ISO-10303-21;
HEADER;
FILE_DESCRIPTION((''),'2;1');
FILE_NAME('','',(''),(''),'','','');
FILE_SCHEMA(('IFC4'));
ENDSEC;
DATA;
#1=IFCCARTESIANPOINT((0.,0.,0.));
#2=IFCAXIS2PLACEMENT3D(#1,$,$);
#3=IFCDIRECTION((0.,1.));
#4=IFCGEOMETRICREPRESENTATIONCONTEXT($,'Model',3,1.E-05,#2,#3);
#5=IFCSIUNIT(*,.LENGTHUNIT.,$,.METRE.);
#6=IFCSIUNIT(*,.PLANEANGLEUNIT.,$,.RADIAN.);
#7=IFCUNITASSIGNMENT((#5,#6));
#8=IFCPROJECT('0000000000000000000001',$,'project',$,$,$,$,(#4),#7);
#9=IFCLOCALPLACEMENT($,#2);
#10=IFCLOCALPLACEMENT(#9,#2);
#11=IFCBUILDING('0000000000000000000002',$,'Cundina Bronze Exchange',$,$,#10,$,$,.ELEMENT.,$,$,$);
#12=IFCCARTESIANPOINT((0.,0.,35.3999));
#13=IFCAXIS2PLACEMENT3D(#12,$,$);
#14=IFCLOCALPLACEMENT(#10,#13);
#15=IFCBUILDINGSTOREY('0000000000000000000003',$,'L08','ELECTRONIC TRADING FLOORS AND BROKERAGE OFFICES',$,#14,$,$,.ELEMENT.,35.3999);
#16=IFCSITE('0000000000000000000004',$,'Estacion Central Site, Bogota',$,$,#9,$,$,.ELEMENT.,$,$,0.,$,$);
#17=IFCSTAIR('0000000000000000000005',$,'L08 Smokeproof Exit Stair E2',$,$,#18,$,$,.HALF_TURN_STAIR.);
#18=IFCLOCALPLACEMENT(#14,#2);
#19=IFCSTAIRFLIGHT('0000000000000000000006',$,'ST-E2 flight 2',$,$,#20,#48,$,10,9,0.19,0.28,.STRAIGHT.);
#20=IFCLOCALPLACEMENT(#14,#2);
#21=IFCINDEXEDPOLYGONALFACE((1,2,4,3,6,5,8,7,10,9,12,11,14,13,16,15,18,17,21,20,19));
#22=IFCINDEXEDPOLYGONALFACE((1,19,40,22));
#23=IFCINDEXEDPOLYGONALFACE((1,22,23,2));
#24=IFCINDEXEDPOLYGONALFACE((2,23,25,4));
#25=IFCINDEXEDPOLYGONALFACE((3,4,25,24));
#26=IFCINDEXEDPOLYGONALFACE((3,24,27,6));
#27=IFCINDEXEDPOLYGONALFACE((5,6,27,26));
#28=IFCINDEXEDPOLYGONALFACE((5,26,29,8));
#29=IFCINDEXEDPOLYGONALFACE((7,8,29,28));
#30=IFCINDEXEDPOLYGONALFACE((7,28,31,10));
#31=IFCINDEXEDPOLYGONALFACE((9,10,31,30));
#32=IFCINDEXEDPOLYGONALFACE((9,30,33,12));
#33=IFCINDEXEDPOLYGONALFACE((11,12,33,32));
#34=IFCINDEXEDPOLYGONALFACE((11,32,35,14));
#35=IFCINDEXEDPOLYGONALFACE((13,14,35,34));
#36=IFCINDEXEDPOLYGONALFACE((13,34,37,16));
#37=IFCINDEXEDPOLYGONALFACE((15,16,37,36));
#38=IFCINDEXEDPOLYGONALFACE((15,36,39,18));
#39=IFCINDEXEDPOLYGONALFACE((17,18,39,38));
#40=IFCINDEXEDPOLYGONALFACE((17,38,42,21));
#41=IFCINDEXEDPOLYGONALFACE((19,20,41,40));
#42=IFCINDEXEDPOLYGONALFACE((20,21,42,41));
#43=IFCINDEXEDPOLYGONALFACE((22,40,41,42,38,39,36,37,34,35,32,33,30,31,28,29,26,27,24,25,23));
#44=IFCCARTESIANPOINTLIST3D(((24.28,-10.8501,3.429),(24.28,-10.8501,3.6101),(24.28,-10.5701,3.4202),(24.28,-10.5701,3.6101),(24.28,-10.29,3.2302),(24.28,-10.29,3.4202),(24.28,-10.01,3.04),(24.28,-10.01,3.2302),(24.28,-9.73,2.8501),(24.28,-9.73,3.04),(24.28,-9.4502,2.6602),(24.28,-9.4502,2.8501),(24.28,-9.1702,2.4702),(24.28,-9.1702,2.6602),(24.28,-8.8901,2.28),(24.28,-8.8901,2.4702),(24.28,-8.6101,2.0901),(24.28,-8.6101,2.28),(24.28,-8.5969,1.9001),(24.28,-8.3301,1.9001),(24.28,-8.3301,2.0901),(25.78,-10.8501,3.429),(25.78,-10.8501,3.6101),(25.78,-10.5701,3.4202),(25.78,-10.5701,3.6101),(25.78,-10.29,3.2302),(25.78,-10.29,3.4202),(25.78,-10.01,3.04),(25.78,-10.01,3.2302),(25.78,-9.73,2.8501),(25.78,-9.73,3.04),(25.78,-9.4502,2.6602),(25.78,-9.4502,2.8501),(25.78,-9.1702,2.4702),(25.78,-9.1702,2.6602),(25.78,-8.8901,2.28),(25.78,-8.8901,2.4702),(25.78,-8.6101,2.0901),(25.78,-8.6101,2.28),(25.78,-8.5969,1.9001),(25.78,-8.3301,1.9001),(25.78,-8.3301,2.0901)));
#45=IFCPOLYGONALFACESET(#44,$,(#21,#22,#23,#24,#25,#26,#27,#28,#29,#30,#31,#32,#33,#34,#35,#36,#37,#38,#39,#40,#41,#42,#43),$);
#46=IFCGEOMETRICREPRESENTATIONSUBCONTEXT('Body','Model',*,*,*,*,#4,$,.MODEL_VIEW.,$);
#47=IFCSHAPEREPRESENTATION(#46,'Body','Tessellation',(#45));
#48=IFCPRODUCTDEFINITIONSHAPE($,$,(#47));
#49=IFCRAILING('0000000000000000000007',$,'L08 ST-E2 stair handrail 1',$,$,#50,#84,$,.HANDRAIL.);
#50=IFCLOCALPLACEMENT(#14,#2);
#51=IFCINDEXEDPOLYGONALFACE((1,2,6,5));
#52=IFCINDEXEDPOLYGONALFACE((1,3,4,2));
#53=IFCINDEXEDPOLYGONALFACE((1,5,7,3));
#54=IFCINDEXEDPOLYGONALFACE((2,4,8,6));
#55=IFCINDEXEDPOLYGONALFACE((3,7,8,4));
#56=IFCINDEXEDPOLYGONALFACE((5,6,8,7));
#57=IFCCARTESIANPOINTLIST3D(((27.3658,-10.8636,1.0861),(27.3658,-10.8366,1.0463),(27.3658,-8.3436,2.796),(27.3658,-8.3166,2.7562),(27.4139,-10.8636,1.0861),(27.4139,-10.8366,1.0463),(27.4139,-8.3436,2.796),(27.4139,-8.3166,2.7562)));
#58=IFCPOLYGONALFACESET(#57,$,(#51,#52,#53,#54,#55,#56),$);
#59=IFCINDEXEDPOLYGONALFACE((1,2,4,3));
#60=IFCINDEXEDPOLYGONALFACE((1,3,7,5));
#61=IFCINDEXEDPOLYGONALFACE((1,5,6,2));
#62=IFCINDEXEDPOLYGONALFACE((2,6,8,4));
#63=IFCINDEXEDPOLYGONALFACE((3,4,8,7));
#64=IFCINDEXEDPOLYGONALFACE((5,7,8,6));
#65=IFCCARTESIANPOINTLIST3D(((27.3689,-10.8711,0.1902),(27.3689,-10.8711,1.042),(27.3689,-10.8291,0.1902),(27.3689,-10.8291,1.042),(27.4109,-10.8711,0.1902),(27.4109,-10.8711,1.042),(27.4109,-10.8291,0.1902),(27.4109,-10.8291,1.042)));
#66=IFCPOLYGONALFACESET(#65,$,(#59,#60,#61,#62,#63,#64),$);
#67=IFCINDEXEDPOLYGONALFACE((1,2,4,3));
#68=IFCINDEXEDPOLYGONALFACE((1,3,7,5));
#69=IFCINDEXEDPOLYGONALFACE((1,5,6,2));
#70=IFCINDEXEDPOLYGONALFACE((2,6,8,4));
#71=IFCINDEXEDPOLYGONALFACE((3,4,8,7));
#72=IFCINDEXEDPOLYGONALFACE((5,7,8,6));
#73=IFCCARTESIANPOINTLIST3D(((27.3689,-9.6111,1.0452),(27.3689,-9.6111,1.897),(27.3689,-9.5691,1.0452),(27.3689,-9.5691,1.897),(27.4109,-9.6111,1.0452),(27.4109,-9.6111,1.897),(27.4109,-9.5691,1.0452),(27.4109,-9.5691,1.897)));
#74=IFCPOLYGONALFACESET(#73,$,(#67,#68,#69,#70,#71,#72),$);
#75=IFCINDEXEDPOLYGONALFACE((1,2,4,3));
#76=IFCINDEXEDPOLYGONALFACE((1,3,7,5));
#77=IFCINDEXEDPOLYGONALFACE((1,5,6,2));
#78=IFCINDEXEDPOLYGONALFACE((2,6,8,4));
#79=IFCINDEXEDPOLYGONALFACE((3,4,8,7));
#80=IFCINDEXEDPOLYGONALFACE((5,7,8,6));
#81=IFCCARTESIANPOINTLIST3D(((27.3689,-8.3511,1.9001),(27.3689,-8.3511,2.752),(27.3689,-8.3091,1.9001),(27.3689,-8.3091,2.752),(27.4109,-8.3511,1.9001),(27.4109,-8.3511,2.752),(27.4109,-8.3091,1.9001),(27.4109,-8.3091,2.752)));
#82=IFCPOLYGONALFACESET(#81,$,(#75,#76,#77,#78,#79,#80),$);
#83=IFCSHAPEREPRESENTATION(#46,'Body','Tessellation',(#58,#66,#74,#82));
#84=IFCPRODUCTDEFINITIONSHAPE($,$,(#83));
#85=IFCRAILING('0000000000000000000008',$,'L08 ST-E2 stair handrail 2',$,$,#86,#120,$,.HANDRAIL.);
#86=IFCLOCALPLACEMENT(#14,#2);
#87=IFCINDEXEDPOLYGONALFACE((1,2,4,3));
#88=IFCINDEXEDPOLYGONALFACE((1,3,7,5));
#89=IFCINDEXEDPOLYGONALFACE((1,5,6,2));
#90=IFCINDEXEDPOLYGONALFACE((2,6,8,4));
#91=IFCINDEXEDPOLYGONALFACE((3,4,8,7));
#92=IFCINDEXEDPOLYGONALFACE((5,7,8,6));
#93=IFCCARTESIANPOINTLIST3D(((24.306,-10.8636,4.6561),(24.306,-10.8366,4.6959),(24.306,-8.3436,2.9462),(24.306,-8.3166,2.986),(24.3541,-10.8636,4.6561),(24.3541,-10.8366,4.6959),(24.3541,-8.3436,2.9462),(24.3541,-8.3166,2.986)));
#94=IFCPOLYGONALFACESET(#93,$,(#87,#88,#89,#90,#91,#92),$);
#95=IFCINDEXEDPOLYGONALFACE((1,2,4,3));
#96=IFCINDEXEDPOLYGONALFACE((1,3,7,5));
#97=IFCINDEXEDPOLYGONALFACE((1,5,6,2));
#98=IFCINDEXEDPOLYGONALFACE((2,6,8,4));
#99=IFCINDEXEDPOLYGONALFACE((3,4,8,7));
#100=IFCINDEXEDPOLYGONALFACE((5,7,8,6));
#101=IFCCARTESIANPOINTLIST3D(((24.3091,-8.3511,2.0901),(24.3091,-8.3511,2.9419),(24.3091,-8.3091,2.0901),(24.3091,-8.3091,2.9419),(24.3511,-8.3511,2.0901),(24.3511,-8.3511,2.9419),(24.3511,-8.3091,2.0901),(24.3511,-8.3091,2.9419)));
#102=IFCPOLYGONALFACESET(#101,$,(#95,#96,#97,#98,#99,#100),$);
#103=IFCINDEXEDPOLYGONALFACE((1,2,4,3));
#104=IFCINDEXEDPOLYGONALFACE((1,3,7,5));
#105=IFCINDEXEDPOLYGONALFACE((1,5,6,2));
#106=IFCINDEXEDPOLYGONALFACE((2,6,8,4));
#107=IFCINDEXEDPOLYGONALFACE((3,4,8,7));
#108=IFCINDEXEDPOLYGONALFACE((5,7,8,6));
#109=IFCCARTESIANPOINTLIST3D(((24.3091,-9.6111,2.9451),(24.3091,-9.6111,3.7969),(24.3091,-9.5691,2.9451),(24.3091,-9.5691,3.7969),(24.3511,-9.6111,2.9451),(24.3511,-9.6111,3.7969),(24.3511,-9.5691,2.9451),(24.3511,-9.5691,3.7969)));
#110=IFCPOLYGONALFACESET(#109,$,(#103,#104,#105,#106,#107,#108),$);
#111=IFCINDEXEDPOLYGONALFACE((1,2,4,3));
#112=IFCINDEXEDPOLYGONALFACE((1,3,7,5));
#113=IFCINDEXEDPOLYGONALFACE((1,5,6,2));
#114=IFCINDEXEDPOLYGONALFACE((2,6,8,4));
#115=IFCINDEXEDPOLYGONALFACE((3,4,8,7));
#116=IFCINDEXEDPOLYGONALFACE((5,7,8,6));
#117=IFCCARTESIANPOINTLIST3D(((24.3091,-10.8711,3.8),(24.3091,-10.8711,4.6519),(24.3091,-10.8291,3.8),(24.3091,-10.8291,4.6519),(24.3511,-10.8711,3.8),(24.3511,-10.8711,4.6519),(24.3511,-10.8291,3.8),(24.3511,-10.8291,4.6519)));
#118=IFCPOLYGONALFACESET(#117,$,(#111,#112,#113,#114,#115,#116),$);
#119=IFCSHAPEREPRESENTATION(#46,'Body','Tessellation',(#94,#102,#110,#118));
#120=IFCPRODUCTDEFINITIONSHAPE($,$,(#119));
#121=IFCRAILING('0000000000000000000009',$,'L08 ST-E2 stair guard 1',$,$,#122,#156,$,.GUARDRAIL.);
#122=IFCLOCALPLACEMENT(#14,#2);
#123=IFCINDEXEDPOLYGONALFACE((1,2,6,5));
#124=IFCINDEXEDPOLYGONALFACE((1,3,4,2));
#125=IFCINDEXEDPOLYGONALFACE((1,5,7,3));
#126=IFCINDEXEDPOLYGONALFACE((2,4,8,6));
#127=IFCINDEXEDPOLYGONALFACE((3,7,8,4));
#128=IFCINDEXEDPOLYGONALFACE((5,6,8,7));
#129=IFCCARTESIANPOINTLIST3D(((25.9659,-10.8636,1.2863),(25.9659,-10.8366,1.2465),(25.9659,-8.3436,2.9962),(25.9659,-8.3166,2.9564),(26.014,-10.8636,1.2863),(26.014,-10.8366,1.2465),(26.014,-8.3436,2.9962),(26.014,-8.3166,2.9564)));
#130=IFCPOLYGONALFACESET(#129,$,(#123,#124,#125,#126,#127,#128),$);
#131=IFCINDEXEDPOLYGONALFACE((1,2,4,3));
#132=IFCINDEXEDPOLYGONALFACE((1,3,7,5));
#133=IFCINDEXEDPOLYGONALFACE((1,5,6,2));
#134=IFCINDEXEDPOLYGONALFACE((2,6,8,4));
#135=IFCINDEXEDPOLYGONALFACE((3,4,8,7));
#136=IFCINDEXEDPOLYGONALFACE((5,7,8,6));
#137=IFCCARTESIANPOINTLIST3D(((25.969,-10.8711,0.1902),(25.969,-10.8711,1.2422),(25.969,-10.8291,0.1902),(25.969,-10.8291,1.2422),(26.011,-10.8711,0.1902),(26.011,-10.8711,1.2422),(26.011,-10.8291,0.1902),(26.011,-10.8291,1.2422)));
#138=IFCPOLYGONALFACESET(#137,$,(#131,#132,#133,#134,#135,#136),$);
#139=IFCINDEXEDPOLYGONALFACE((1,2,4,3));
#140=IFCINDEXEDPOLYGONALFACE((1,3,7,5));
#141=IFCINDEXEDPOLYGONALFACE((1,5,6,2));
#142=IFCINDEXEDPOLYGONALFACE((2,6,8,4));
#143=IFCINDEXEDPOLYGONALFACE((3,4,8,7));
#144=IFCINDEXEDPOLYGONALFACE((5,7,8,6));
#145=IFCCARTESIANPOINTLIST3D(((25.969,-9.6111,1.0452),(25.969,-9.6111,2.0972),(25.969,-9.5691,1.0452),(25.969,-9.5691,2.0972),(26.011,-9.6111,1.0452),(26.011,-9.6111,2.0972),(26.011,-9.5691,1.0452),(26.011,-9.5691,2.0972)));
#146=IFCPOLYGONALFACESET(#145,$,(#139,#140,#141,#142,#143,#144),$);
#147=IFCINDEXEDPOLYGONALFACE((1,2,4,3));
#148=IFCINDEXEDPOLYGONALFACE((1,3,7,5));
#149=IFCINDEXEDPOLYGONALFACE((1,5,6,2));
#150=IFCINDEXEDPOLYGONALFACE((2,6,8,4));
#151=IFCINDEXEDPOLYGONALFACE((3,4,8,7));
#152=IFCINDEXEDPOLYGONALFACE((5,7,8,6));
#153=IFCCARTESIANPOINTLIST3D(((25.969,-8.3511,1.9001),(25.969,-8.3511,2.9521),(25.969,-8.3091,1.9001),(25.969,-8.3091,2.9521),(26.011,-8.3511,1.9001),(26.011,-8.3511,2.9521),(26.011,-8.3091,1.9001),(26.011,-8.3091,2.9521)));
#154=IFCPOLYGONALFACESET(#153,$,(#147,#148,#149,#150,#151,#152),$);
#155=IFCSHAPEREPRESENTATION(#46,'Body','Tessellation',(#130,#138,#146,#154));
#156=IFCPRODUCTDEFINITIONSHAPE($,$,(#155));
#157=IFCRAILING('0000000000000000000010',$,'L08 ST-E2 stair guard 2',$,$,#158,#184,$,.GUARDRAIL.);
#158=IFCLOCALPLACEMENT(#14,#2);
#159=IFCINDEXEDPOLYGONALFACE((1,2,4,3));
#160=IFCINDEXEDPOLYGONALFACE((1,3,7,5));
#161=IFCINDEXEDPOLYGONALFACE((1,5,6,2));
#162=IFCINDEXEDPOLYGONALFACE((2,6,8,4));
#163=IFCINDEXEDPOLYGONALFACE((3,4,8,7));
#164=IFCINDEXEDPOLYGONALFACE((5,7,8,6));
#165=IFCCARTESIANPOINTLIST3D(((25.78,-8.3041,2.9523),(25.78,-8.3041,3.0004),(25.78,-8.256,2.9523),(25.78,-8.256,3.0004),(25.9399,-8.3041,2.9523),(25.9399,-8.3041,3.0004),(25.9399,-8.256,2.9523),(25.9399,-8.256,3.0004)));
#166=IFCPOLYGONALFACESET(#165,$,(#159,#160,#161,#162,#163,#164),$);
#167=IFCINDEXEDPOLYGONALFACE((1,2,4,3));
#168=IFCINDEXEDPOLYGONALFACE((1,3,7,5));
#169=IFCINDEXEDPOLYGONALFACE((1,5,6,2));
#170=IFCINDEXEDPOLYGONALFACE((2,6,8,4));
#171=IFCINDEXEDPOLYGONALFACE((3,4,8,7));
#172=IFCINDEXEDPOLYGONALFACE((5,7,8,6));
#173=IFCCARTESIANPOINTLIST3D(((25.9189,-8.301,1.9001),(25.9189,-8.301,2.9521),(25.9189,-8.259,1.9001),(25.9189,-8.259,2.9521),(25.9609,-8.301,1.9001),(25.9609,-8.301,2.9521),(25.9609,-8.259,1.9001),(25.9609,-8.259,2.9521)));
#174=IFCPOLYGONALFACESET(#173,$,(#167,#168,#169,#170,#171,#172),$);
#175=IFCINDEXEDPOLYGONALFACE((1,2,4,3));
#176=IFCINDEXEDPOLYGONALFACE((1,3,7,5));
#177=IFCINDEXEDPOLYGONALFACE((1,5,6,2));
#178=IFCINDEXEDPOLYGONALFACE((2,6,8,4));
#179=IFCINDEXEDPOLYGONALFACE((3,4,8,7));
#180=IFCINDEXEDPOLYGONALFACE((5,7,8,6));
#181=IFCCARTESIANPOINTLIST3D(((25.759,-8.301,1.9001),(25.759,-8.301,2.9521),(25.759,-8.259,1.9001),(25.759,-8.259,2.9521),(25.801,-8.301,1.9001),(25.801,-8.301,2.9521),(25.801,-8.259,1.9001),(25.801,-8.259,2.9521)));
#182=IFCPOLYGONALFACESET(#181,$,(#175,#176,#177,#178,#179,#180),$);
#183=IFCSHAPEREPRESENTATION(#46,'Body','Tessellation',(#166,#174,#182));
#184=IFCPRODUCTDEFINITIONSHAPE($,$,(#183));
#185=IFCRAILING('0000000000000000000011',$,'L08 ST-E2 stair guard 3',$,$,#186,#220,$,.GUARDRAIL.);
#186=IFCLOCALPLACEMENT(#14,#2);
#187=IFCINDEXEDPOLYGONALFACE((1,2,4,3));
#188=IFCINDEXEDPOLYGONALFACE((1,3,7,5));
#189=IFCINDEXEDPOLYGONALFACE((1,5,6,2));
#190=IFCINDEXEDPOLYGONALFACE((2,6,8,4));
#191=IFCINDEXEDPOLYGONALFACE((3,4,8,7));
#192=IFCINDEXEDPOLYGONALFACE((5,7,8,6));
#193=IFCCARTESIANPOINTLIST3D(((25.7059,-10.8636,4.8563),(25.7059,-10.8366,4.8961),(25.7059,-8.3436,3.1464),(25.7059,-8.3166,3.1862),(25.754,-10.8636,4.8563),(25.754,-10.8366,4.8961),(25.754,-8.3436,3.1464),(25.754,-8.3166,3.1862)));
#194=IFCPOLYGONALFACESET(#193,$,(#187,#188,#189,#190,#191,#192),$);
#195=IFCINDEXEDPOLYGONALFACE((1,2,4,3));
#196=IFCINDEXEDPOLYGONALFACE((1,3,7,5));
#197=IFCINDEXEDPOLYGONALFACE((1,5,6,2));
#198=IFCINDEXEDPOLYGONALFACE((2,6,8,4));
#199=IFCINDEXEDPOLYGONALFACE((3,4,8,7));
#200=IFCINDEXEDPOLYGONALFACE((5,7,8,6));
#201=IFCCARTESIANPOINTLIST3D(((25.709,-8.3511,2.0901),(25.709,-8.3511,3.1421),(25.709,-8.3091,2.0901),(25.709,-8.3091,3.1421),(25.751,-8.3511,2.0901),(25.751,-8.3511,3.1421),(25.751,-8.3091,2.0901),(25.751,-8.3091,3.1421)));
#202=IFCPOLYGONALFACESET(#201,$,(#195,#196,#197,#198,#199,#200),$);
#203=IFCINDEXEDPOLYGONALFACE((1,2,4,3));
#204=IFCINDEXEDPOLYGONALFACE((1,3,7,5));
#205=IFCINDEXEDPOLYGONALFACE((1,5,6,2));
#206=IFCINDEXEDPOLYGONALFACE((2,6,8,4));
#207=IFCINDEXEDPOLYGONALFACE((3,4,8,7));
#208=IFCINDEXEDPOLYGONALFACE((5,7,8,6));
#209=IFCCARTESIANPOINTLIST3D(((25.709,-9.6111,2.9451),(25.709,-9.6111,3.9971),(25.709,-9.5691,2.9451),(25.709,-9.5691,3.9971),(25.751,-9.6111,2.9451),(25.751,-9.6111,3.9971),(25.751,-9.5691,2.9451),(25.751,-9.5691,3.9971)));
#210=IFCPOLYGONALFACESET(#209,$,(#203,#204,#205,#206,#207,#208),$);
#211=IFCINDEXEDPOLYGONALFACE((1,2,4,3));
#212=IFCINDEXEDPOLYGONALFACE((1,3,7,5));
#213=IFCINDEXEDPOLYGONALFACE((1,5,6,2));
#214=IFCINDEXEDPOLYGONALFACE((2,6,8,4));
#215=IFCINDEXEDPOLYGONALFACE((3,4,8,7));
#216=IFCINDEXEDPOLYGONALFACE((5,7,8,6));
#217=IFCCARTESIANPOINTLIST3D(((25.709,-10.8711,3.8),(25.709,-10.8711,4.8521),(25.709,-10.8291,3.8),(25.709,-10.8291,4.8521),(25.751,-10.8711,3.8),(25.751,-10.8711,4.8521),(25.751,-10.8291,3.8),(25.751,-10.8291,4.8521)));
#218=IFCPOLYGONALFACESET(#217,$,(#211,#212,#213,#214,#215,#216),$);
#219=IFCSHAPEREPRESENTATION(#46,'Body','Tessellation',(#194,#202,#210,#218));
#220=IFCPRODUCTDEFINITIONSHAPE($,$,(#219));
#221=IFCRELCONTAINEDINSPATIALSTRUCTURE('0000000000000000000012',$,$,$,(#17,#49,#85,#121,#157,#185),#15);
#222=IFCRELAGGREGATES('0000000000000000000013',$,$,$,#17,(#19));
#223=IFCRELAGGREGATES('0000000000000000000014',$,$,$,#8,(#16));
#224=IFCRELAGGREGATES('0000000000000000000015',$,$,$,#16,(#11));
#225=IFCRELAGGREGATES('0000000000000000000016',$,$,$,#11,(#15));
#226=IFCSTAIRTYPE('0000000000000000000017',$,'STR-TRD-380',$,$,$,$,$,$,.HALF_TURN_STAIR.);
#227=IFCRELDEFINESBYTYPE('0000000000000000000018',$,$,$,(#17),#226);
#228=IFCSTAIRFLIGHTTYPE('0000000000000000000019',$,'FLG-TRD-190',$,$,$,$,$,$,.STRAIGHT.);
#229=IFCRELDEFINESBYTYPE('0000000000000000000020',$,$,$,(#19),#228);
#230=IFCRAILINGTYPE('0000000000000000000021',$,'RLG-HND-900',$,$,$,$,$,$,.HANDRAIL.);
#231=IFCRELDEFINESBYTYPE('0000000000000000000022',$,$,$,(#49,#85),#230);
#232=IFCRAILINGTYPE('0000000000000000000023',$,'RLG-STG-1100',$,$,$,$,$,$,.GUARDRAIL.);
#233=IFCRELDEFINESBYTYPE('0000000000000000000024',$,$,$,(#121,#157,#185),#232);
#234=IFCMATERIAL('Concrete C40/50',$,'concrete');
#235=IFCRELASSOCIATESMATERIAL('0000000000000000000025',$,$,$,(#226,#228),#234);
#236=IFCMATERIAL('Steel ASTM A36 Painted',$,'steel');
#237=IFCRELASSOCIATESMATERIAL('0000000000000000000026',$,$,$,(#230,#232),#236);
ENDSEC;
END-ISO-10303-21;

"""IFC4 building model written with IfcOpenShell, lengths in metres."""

from ifc_helpers import new_model, si_unit, direction, frame, origin, origin_2d, place, context, subcontext, project, spatial, polyline, rectangle, outline, extrude, material, type_object, element, aggregate, save


model = new_model("IFC4")

# Units and contexts
model_context = context("Model", 3, precision=1e-05, world=origin(), true_north=direction((0.0, 1.0)))
body_context = subcontext(model_context, "Body", "Model", "MODEL_VIEW")
ifc_project = project(units=[si_unit("LENGTHUNIT", "METRE"), si_unit("PLANEANGLEUNIT", "RADIAN")], contexts=[model_context])

# Site, building, storey
site_placement = place(None, origin())
site = spatial("IfcSite", under=ifc_project, at=site_placement, Name="Estacion Central Site, Bogota", CompositionType="ELEMENT", RefElevation=0.0)
building_placement = place(site_placement, origin())
building = spatial("IfcBuilding", under=site, at=building_placement, Name="Cundina Bronze Exchange", CompositionType="ELEMENT")
storey_placement = place(building_placement, frame((0.0, 0.0, 35.3999)))
storey = spatial("IfcBuildingStorey", under=building, at=storey_placement, Name="L08", Description="ELECTRONIC TRADING FLOORS AND BROKERAGE OFFICES", CompositionType="ELEMENT", Elevation=35.3999)

# Shared definitions
ifc_material_1 = material(Name="Steel ASTM A36 Painted", Category="steel")

# Stair, stair flight
ifc_material_2 = material(Name="Concrete C40/50", Category="concrete")
stair_type = type_object("IfcStairType", Name="STR-TRD-380", PredefinedType="HALF_TURN_STAIR", material=ifc_material_2)
stair_placement = place(storey_placement, origin())
stair = element("IfcStair", 1, at=stair_placement, inside=storey, type_object=stair_type, Name="L08 Smokeproof Exit Stair E2", PredefinedType="HALF_TURN_STAIR")
stair_flight_type = type_object("IfcStairFlightType", Name="FLG-TRD-190", PredefinedType="STRAIGHT", material=ifc_material_2)
stair_flight_1_placement = place(storey_placement, frame((25.03, -8.3301, 1.9001), z_axis=(0.0, 0.0, 1.0), x_axis=(0.0, -1.0, 0.0)))
stair_flight_1 = element("IfcStairFlight", 2, at=stair_flight_1_placement, type_object=stair_flight_type, Name="ST-E2 flight 2", NumberOfRisers=10, NumberOfTreads=9, PredefinedType="STRAIGHT", RiserHeight=0.19, TreadLength=0.28, context=body_context, shape_type="SweptSolid", body=[
    extrude(outline(polyline([(0.0, 0.0), (0.0, 0.1899), (0.28, 0.1899), (0.28, 0.3799), (0.5601, 0.3799), (0.5601, 0.5701), (0.8401, 0.5701), (0.8401, 0.76), (1.1201, 0.76), (1.1201, 0.95), (1.3999, 0.95), (1.3999, 1.1399), (1.6799, 1.1399), (1.6799, 1.3301), (1.96, 1.3301), (1.96, 1.52), (2.24, 1.52), (2.24, 1.71), (2.52, 1.71), (2.52, 1.8999), (2.52, 1.5288), (0.2668, 0.0), (0.0, 0.0)])), frame((0.0, 0.75, 0.0), z_axis=(0.0, -1.0, 0.0), x_axis=(1.0, 0.0, 0.0)), (0.0, 0.0, 1.0), 1.5),
])
aggregate(stair, [stair_flight_1])

# Railings
railing_type_1 = type_object("IfcRailingType", Name="RLG-HND-900", PredefinedType="HANDRAIL", material=ifc_material_1)
railing_1_placement = place(storey_placement, frame((27.3899, -10.8501, 0.1902)))
element("IfcRailing", 3, at=railing_1_placement, inside=storey, type_object=railing_type_1, Name="L08 ST-E2 stair handrail 1", PredefinedType="HANDRAIL", context=body_context, shape_type="SweptSolid", body=[
    extrude(rectangle(XDim=0.0481, YDim=0.0481, at=origin_2d()), frame((0.0, 0.0, 0.876), z_axis=(0.0, 0.827484, 0.56149), x_axis=(-1.0, 0.0, 0.0)), (0.0, 0.0, 1.0), 3.0454),
    extrude(rectangle(XDim=0.042, YDim=0.042, at=origin_2d()), origin(), (0.0, 0.0, 1.0), 0.8518),
    extrude(rectangle(XDim=0.042, YDim=0.042, at=origin_2d()), frame((0.0, 1.26, 0.855)), (0.0, 0.0, 1.0), 0.8518),
    extrude(rectangle(XDim=0.042, YDim=0.042, at=origin_2d()), frame((0.0, 2.52, 1.71)), (0.0, 0.0, 1.0), 0.8518),
])
railing_2_placement = place(storey_placement, frame((24.3301, -8.3301, 2.0901)))
element("IfcRailing", 4, at=railing_2_placement, inside=storey, type_object=railing_type_1, Name="L08 ST-E2 stair handrail 2", PredefinedType="HANDRAIL", context=body_context, shape_type="SweptSolid", body=[
    extrude(rectangle(XDim=0.0481, YDim=0.0481, at=origin_2d()), frame((0.0, 0.0, 0.876), z_axis=(0.0, -0.827484, 0.56149), x_axis=(1.0, 0.0, 0.0)), (0.0, 0.0, 1.0), 3.0454),
    extrude(rectangle(XDim=0.042, YDim=0.042, at=origin_2d()), origin(), (0.0, 0.0, 1.0), 0.8518),
    extrude(rectangle(XDim=0.042, YDim=0.042, at=origin_2d()), frame((0.0, -1.26, 0.855)), (0.0, 0.0, 1.0), 0.8518),
    extrude(rectangle(XDim=0.042, YDim=0.042, at=origin_2d()), frame((0.0, -2.52, 1.71)), (0.0, 0.0, 1.0), 0.8518),
])
railing_type_2 = type_object("IfcRailingType", Name="RLG-STG-1100", PredefinedType="GUARDRAIL", material=ifc_material_1)
railing_3_placement = place(storey_placement, frame((25.99, -10.8501, 0.1902)))
element("IfcRailing", 5, at=railing_3_placement, inside=storey, type_object=railing_type_2, Name="L08 ST-E2 stair guard 1", PredefinedType="GUARDRAIL", context=body_context, shape_type="SweptSolid", body=[
    extrude(rectangle(XDim=0.0481, YDim=0.0481, at=origin_2d()), frame((0.0, 0.0, 1.0762), z_axis=(0.0, 0.827484, 0.56149), x_axis=(-1.0, 0.0, 0.0)), (0.0, 0.0, 1.0), 3.0454),
    extrude(rectangle(XDim=0.042, YDim=0.042, at=origin_2d()), origin(), (0.0, 0.0, 1.0), 1.052),
    extrude(rectangle(XDim=0.042, YDim=0.042, at=origin_2d()), frame((0.0, 1.26, 0.855)), (0.0, 0.0, 1.0), 1.052),
    extrude(rectangle(XDim=0.042, YDim=0.042, at=origin_2d()), frame((0.0, 2.52, 1.71)), (0.0, 0.0, 1.0), 1.052),
])
railing_4_placement = place(storey_placement, frame((25.9399, -8.28, 1.9001)))
element("IfcRailing", 6, at=railing_4_placement, inside=storey, type_object=railing_type_2, Name="L08 ST-E2 stair guard 2", PredefinedType="GUARDRAIL", context=body_context, shape_type="SweptSolid", body=[
    extrude(rectangle(XDim=0.0481, YDim=0.0481, at=origin_2d()), frame((0.0, 0.0, 1.0762), z_axis=(-1.0, 0.0, 0.0), x_axis=(0.0, -1.0, 0.0)), (0.0, 0.0, 1.0), 0.1599),
    extrude(rectangle(XDim=0.042, YDim=0.042, at=origin_2d()), origin(), (0.0, 0.0, 1.0), 1.052),
    extrude(rectangle(XDim=0.042, YDim=0.042, at=origin_2d()), frame((-0.1599, 0.0, 0.0)), (0.0, 0.0, 1.0), 1.052),
])
railing_5_placement = place(storey_placement, frame((25.73, -8.3301, 2.0901)))
element("IfcRailing", 7, at=railing_5_placement, inside=storey, type_object=railing_type_2, Name="L08 ST-E2 stair guard 3", PredefinedType="GUARDRAIL", context=body_context, shape_type="SweptSolid", body=[
    extrude(rectangle(XDim=0.0481, YDim=0.0481, at=origin_2d()), frame((0.0, 0.0, 1.0762), z_axis=(0.0, -0.827484, 0.56149), x_axis=(1.0, 0.0, 0.0)), (0.0, 0.0, 1.0), 3.0454),
    extrude(rectangle(XDim=0.042, YDim=0.042, at=origin_2d()), origin(), (0.0, 0.0, 1.0), 1.052),
    extrude(rectangle(XDim=0.042, YDim=0.042, at=origin_2d()), frame((0.0, -1.26, 0.855)), (0.0, 0.0, 1.0), 1.052),
    extrude(rectangle(XDim=0.042, YDim=0.042, at=origin_2d()), frame((0.0, -2.52, 1.71)), (0.0, 0.0, 1.0), 1.052),
])

save(model, "model.ifc")
